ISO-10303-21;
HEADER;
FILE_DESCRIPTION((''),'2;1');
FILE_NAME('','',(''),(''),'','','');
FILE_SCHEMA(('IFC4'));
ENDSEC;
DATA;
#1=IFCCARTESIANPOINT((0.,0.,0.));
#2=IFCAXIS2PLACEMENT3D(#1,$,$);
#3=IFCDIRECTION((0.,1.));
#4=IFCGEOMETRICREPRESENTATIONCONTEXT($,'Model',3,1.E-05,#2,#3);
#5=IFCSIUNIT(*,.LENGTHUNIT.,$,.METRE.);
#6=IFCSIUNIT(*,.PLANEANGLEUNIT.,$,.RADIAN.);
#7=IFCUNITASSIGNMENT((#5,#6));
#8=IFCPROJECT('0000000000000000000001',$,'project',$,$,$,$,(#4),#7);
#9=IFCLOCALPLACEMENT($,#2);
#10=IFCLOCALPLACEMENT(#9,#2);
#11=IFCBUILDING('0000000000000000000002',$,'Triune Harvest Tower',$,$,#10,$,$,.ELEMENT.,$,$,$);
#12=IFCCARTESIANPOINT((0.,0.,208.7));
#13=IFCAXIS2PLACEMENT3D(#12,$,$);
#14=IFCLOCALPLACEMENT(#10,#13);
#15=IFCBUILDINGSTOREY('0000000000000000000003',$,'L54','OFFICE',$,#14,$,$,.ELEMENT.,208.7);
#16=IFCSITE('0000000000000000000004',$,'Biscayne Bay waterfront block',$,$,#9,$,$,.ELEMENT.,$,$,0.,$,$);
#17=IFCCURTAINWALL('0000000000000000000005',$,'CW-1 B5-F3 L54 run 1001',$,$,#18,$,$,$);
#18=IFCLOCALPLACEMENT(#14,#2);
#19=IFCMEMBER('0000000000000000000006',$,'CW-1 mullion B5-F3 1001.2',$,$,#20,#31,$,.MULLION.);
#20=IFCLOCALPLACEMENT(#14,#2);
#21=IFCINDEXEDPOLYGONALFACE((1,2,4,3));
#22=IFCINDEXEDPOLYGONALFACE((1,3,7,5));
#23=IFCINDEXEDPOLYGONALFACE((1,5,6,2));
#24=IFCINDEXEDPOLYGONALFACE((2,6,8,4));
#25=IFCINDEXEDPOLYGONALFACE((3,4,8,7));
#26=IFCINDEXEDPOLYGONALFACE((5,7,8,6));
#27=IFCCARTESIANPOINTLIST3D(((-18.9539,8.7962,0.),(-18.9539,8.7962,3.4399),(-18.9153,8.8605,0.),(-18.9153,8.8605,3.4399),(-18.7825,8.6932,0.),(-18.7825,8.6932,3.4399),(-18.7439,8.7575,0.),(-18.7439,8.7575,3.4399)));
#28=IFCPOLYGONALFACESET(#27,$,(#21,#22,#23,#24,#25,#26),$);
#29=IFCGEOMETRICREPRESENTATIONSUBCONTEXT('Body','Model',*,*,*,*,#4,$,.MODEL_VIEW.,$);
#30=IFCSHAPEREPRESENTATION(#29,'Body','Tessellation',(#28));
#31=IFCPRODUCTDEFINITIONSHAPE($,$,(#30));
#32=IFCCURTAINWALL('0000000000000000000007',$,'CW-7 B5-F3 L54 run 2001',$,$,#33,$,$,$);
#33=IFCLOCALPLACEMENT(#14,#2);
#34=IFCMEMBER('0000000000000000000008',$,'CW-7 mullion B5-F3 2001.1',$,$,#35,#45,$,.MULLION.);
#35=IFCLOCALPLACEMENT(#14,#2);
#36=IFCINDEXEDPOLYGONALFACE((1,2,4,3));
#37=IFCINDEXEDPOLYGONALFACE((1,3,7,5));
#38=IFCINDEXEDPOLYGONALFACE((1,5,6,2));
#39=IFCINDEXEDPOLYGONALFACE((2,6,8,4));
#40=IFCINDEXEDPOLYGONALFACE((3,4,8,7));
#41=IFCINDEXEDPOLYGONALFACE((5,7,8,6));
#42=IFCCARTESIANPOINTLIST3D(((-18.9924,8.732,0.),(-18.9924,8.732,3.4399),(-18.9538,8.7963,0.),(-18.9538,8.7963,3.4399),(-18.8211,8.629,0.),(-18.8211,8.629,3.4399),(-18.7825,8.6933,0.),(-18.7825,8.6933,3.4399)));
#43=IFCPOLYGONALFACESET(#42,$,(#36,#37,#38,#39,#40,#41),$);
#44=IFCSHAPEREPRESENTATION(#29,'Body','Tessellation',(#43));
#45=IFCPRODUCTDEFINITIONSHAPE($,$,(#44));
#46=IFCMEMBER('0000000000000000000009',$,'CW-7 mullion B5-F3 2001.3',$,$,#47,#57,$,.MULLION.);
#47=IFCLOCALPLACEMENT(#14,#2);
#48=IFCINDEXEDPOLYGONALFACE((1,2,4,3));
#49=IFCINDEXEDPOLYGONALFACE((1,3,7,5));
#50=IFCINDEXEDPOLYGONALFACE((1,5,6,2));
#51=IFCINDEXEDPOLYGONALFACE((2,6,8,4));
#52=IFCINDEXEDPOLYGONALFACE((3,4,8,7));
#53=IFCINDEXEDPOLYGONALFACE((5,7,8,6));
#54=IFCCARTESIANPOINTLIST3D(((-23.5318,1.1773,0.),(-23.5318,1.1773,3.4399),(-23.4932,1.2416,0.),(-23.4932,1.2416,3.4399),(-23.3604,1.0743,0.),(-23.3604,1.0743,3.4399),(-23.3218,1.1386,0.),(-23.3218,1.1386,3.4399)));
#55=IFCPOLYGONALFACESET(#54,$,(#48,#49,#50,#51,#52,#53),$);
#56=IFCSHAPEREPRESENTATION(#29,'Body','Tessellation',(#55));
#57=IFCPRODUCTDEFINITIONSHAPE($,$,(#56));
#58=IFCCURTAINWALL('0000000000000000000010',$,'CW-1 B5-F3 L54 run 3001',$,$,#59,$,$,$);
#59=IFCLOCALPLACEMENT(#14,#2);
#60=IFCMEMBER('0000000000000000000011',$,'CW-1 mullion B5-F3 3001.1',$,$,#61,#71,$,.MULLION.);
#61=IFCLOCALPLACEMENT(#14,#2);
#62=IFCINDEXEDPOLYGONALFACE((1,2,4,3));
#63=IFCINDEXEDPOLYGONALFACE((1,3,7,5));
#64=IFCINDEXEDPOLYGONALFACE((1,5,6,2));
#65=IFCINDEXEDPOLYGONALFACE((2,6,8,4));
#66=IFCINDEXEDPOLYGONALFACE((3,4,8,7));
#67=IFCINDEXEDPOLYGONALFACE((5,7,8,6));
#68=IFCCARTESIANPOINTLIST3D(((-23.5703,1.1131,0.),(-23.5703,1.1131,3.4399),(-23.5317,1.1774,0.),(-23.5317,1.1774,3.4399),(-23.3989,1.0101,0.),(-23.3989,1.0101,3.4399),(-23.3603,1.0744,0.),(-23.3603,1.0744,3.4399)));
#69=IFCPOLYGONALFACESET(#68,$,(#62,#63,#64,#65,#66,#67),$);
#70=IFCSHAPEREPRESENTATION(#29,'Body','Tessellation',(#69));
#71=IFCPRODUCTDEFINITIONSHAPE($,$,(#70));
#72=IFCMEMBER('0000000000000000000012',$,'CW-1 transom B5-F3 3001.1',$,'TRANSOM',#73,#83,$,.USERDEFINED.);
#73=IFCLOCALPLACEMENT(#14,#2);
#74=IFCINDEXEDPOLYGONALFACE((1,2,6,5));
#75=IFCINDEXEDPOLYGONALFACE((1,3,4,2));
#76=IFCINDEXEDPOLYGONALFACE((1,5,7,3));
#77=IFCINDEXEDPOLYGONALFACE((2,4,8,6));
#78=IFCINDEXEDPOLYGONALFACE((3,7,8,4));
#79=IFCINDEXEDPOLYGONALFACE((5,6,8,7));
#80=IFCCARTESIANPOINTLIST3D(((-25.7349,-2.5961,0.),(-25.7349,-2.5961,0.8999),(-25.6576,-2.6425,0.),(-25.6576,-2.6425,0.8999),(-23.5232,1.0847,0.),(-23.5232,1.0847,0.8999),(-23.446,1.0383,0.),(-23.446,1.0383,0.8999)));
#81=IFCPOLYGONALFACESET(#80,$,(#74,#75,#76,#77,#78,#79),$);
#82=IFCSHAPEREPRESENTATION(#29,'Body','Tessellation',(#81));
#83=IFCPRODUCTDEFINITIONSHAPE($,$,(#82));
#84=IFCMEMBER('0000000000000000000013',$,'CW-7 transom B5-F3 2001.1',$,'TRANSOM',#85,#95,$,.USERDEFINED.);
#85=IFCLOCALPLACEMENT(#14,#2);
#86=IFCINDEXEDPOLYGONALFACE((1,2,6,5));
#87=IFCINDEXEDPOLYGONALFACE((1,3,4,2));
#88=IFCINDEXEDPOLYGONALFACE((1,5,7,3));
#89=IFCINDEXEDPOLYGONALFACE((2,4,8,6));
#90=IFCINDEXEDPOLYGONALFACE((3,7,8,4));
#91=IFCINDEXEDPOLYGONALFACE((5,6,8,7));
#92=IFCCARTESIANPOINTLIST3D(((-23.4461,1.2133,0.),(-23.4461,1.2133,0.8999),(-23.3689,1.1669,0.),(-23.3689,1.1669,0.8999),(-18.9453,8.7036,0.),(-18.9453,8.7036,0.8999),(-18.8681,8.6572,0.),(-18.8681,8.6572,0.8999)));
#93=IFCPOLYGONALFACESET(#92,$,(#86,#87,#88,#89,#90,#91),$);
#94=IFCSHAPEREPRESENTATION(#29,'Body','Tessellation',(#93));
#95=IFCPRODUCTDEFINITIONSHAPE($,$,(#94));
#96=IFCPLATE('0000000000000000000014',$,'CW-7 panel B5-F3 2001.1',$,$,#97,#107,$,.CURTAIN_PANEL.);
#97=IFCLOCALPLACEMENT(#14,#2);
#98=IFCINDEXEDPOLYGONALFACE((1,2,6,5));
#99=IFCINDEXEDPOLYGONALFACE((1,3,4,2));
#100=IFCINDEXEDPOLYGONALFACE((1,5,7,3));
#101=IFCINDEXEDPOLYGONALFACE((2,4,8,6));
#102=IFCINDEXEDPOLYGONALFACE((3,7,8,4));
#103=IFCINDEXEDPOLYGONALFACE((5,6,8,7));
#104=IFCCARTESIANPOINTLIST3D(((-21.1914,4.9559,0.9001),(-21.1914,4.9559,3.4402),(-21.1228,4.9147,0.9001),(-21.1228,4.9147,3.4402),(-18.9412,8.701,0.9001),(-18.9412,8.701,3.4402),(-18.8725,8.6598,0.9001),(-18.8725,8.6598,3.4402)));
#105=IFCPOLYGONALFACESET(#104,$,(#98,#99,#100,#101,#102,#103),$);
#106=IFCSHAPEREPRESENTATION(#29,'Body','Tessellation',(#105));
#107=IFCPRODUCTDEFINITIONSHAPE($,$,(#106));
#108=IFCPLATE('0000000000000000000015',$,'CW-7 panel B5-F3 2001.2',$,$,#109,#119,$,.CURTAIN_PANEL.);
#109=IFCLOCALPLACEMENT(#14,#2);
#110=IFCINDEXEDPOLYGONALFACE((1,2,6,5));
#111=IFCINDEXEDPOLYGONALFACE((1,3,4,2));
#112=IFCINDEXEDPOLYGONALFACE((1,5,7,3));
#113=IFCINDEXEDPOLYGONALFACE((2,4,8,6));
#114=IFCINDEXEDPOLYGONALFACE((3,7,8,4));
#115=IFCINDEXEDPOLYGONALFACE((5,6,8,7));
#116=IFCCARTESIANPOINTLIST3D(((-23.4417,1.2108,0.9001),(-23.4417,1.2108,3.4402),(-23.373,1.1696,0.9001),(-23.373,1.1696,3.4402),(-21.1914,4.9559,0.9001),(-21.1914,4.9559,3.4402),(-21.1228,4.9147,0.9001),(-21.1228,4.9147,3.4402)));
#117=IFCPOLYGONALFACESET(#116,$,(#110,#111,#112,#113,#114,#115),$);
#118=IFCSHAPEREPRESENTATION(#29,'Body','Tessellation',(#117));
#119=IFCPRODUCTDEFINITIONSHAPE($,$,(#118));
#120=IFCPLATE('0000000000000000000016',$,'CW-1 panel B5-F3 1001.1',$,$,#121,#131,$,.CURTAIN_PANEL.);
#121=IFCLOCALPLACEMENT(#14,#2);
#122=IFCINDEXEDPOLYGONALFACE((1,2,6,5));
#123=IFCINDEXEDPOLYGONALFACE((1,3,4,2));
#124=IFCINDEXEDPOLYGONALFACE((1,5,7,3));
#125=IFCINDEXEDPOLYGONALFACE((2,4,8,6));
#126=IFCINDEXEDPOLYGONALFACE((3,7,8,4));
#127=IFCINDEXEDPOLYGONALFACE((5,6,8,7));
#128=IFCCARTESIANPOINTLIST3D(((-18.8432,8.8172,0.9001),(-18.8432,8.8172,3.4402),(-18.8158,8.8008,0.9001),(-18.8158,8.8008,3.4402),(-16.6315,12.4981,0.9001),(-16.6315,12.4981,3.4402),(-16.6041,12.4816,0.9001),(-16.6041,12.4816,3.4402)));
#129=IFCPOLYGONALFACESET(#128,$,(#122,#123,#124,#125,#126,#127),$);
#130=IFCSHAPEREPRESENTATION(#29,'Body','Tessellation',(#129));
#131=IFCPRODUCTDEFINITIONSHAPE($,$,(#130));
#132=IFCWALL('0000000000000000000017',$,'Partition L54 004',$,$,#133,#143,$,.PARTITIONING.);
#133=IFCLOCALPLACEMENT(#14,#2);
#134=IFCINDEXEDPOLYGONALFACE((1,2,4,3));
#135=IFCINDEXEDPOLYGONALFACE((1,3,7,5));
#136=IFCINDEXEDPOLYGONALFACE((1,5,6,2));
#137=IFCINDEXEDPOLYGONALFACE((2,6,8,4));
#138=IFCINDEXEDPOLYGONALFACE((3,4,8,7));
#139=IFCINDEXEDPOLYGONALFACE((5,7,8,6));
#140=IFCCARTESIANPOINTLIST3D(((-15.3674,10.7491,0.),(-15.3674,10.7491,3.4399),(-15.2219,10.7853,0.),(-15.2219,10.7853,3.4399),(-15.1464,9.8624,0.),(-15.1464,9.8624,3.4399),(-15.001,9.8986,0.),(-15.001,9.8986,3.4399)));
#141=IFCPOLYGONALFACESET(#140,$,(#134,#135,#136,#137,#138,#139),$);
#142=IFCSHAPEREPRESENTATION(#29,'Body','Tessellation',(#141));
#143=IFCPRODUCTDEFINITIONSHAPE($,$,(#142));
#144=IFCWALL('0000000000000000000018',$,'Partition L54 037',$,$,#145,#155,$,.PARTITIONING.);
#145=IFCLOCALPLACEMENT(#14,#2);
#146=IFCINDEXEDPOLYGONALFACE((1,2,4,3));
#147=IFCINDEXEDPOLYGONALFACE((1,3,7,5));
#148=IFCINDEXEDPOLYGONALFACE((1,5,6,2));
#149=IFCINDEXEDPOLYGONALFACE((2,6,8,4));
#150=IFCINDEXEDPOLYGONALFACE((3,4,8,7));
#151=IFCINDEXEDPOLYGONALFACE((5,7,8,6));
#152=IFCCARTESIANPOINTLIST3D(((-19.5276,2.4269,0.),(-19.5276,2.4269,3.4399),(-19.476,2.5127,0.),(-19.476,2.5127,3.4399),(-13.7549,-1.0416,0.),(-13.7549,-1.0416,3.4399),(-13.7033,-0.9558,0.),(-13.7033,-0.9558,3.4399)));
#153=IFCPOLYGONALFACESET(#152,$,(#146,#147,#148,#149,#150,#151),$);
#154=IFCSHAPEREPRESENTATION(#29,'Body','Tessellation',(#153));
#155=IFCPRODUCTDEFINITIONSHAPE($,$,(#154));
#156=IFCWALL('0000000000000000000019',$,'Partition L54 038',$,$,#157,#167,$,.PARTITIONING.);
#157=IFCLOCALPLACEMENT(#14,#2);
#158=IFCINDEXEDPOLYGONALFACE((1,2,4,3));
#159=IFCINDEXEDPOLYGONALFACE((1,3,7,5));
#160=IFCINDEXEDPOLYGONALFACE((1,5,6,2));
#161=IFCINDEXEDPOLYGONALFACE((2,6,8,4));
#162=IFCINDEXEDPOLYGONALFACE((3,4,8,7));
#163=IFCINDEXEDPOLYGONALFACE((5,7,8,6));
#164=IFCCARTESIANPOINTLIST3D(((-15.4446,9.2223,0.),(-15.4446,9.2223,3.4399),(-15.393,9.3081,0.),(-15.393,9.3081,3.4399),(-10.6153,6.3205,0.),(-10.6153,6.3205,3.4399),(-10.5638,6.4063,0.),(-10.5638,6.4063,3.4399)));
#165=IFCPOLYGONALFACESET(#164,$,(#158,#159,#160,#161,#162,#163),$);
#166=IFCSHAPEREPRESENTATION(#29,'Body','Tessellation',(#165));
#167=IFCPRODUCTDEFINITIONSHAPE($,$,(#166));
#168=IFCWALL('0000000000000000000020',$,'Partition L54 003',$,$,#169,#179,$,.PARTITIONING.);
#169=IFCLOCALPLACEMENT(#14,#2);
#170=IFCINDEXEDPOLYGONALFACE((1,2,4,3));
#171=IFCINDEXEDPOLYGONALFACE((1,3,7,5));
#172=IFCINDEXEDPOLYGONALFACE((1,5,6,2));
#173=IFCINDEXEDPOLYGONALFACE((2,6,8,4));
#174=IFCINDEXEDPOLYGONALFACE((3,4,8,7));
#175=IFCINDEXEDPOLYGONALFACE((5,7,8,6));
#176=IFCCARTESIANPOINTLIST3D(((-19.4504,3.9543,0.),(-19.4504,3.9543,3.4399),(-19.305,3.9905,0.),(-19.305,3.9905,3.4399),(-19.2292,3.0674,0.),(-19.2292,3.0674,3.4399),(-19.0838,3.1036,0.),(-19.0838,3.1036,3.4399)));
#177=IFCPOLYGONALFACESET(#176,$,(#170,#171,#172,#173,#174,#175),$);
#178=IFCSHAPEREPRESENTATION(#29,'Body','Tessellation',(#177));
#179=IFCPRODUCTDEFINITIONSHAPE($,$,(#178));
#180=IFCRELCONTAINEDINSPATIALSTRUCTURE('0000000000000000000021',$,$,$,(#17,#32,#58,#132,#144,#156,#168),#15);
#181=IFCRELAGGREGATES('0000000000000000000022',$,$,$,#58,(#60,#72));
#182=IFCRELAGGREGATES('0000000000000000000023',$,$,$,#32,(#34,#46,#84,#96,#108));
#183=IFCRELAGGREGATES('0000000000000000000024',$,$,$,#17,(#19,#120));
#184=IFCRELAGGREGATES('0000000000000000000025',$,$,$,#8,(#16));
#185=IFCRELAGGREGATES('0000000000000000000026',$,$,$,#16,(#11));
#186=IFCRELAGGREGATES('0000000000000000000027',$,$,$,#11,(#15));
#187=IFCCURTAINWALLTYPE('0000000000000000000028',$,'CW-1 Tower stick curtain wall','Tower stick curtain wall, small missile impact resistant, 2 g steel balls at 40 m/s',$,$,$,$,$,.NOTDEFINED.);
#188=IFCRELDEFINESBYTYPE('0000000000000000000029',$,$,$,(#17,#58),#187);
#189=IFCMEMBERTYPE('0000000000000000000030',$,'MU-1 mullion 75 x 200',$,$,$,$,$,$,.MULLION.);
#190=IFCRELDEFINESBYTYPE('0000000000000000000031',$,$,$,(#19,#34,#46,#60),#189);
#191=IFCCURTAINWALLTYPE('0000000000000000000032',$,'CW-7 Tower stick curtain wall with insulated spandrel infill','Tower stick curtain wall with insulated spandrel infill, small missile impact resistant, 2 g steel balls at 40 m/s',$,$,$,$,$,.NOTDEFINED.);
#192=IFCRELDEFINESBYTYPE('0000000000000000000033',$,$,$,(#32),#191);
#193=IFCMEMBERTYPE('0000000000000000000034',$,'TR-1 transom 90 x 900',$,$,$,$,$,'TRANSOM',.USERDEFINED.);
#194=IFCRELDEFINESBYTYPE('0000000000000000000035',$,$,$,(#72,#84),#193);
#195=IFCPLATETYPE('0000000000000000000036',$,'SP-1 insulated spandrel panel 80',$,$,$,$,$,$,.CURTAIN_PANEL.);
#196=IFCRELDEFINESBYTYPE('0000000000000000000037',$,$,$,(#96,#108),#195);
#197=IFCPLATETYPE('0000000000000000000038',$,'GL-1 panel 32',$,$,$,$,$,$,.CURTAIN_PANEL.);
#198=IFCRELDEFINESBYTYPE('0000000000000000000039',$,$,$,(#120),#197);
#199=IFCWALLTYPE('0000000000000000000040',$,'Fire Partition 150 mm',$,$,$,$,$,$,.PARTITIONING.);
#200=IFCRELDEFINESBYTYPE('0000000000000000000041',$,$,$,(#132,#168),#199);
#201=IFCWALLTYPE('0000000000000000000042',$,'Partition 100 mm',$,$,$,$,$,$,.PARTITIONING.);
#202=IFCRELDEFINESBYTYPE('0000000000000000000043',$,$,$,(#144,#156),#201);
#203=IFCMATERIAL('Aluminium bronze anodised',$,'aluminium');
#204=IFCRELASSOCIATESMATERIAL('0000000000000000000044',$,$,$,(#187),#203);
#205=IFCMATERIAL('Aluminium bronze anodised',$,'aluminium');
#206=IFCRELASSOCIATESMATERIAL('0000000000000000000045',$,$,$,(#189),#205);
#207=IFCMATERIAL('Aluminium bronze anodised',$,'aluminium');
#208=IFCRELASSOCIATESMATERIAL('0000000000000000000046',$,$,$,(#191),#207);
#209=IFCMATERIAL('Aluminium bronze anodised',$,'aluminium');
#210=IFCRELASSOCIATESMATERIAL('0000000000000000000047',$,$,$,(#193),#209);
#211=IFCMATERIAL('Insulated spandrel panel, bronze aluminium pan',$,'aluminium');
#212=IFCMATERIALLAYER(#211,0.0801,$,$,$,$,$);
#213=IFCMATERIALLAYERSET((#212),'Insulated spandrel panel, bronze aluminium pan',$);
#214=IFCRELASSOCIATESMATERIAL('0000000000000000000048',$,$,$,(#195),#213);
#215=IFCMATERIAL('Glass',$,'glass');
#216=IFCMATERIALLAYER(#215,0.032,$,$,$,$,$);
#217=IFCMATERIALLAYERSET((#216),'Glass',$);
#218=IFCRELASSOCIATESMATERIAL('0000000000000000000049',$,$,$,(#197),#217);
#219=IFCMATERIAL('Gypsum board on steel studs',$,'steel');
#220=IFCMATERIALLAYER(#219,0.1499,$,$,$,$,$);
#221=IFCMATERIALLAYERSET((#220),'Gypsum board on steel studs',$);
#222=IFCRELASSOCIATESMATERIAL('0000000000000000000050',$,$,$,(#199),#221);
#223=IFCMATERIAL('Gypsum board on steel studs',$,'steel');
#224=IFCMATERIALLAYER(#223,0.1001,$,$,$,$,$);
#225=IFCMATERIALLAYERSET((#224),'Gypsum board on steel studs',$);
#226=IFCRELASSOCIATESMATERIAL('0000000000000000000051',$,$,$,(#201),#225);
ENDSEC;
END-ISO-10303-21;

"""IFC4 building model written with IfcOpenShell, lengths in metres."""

from ifc_helpers import new_model, si_unit, direction, frame, frame_2d, origin, origin_2d, place, context, subcontext, project, spatial, rectangle, extrude, source, transform, mapped, material, layer, layer_set, material_profile, profile_set, type_object, element, aggregate, save


model = new_model("IFC4")

# Units and contexts
model_context = context("Model", 3, precision=1e-05, world=origin(), true_north=direction((0.0, 1.0)))
body_context = subcontext(model_context, "Body", "Model", "MODEL_VIEW")
ifc_project = project(units=[si_unit("LENGTHUNIT", "METRE"), si_unit("PLANEANGLEUNIT", "RADIAN")], contexts=[model_context])

# Site, building, storey
site_placement = place(None, origin())
site = spatial("IfcSite", under=ifc_project, at=site_placement, Name="Biscayne Bay waterfront block", CompositionType="ELEMENT", RefElevation=0.0)
building_placement = place(site_placement, origin())
building = spatial("IfcBuilding", under=site, at=building_placement, Name="Triune Harvest Tower", CompositionType="ELEMENT")
storey_placement = place(building_placement, frame((0.0, 0.0, 208.7)))
storey = spatial("IfcBuildingStorey", under=building, at=storey_placement, Name="L54", Description="OFFICE", CompositionType="ELEMENT", Elevation=208.7)

# Curtain wall, member
ifc_material_1 = material(Name="Aluminium bronze anodised", Category="aluminium")
curtain_wall_type_1 = type_object("IfcCurtainWallType", Name="CW-1 Tower stick curtain wall", Description="Tower stick curtain wall, small missile impact resistant, 2 g steel balls at 40 m/s", PredefinedType="NOTDEFINED", material=ifc_material_1)
curtain_wall_1_placement = place(storey_placement, origin())
curtain_wall_1 = element("IfcCurtainWall", 1, at=curtain_wall_1_placement, inside=storey, type_object=curtain_wall_type_1, Name="CW-1 B5-F3 L54 run 1001")
ifc_material_2 = material(Name="Aluminium bronze anodised", Category="aluminium")
ifc_material_profile_1 = material_profile(ifc_material_2, rectangle(XDim=0.2, YDim=0.075, at=origin_2d()), Name="MU-1 mullion 75 x 200")
ifc_profile_set_1 = profile_set([ifc_material_profile_1], Name="Aluminium bronze anodised")
member_type_1 = type_object("IfcMemberType", Name="MU-1 mullion 75 x 200", PredefinedType="MULLION", material=ifc_profile_set_1)
shared_shape_1 = source(origin(), body_context, "Body", "SweptSolid", [
    extrude(rectangle(XDim=0.2, YDim=0.075, at=origin_2d()), origin(), (0.0, 0.0, 1.0), 3.4399),
])
member_1_placement = place(storey_placement, frame((-18.8489, 8.7769, 0.0), z_axis=(0.0, 0.0, 1.0), x_axis=(0.857165, -0.515042, 0.0)))
member_1 = element("IfcMember", 2, at=member_1_placement, type_object=member_type_1, Name="CW-1 mullion B5-F3 1001.2", PredefinedType="MULLION", context=body_context, shape_type="MappedRepresentation", body=[
    mapped(shared_shape_1, transform((0.0, 0.0, 0.0), scale=1.0)),
])

# Curtain walls, members
ifc_material_3 = material(Name="Aluminium bronze anodised", Category="aluminium")
curtain_wall_type_2 = type_object("IfcCurtainWallType", Name="CW-7 Tower stick curtain wall with insulated spandrel infill", Description="Tower stick curtain wall with insulated spandrel infill, small missile impact resistant, 2 g steel balls at 40 m/s", PredefinedType="NOTDEFINED", material=ifc_material_3)
curtain_wall_2_placement = place(storey_placement, origin())
curtain_wall_2 = element("IfcCurtainWall", 3, at=curtain_wall_2_placement, inside=storey, type_object=curtain_wall_type_2, Name="CW-7 B5-F3 L54 run 2001")
member_2_placement = place(storey_placement, frame((-18.8875, 8.7126, 0.0), z_axis=(0.0, 0.0, 1.0), x_axis=(0.857167, -0.515038, 0.0)))
member_2 = element("IfcMember", 4, at=member_2_placement, type_object=member_type_1, Name="CW-7 mullion B5-F3 2001.1", PredefinedType="MULLION", context=body_context, shape_type="MappedRepresentation", body=[
    mapped(shared_shape_1, transform((0.0, 0.0, 0.0), scale=1.0)),
])
member_3_placement = place(storey_placement, frame((-23.4268, 1.158, 0.0), z_axis=(0.0, 0.0, 1.0), x_axis=(0.857167, -0.515038, 0.0)))
member_3 = element("IfcMember", 5, at=member_3_placement, type_object=member_type_1, Name="CW-7 mullion B5-F3 2001.3", PredefinedType="MULLION", context=body_context, shape_type="MappedRepresentation", body=[
    mapped(shared_shape_1, transform((0.0, 0.0, 0.0), scale=1.0)),
])
curtain_wall_3_placement = place(storey_placement, origin())
curtain_wall_3 = element("IfcCurtainWall", 6, at=curtain_wall_3_placement, inside=storey, type_object=curtain_wall_type_1, Name="CW-1 B5-F3 L54 run 3001")
member_4_placement = place(storey_placement, frame((-23.4653, 1.0938, 0.0), z_axis=(0.0, 0.0, 1.0), x_axis=(0.857175, -0.515025, 0.0)))
member_4 = element("IfcMember", 7, at=member_4_placement, type_object=member_type_1, Name="CW-1 mullion B5-F3 3001.1", PredefinedType="MULLION", context=body_context, shape_type="MappedRepresentation", body=[
    mapped(shared_shape_1, transform((0.0, 0.0, 0.0), scale=1.0)),
])
ifc_material_4 = material(Name="Aluminium bronze anodised", Category="aluminium")
ifc_material_profile_2 = material_profile(ifc_material_4, rectangle(XDim=0.0901, YDim=0.8999, at=origin_2d()), Name="TR-1 transom 90 x 900")
ifc_profile_set_2 = profile_set([ifc_material_profile_2], Name="Aluminium bronze anodised")
member_type_2 = type_object("IfcMemberType", Name="TR-1 transom 90 x 900", ElementType="TRANSOM", PredefinedType="USERDEFINED", material=ifc_profile_set_2)
shared_shape_2 = source(origin(), body_context, "Body", "SweptSolid", [
    extrude(rectangle(XDim=0.0901, YDim=0.8999, at=origin_2d()), origin(), (0.0, 0.0, 1.0), 4.2942),
])
member_5_placement = place(storey_placement, frame((-23.4846, 1.0615, 0.45), z_axis=(-0.515031, -0.857172, 0.0), x_axis=(0.857172, -0.515031, 0.0)))
member_5 = element("IfcMember", 8, at=member_5_placement, type_object=member_type_2, Name="CW-1 transom B5-F3 3001.1", ObjectType="TRANSOM", PredefinedType="USERDEFINED", context=body_context, shape_type="MappedRepresentation", body=[
    mapped(shared_shape_2, transform((0.0, 0.0, 0.0), scale=1.0)),
])
aggregate(curtain_wall_3, [member_4, member_5])

# Member
shared_shape_3 = source(origin(), body_context, "Body", "SweptSolid", [
    extrude(rectangle(XDim=0.0901, YDim=0.8999, at=origin_2d()), origin(), (0.0, 0.0, 1.0), 8.7385),
])
member_6_placement = place(storey_placement, frame((-18.9067, 8.6804, 0.45), z_axis=(-0.51505, -0.85716, 0.0), x_axis=(0.85716, -0.51505, 0.0)))
member_6 = element("IfcMember", 9, at=member_6_placement, type_object=member_type_2, Name="CW-7 transom B5-F3 2001.1", ObjectType="TRANSOM", PredefinedType="USERDEFINED", context=body_context, shape_type="MappedRepresentation", body=[
    mapped(shared_shape_3, transform((0.0, 0.0, 0.0), scale=1.0)),
])

# Plates
ifc_material_5 = material(Name="Insulated spandrel panel, bronze aluminium pan", Category="aluminium")
ifc_layer_1 = layer(ifc_material_5, 0.0801)
ifc_layer_set_1 = layer_set([ifc_layer_1], Name="Insulated spandrel panel, bronze aluminium pan")
plate_type_1 = type_object("IfcPlateType", Name="SP-1 insulated spandrel panel 80", PredefinedType="CURTAIN_PANEL", material=ifc_layer_set_1)
shared_shape_4 = source(origin(), body_context, "Body", "SweptSolid", [
    extrude(rectangle(XDim=4.3691, YDim=0.0801, at=origin_2d()), origin(), (0.0, 0.0, 1.0), 2.54),
])
plate_1_placement = place(storey_placement, frame((-20.032, 6.8079, 0.9001), z_axis=(0.0, 0.0, 1.0), x_axis=(-0.515038, -0.857167, 0.0)))
plate_1 = element("IfcPlate", 10, at=plate_1_placement, type_object=plate_type_1, Name="CW-7 panel B5-F3 2001.1", PredefinedType="CURTAIN_PANEL", context=body_context, shape_type="MappedRepresentation", body=[
    mapped(shared_shape_4, transform((0.0, 0.0, 0.0), scale=1.0)),
])
plate_2_placement = place(storey_placement, frame((-22.2822, 3.0627, 0.9001), z_axis=(0.0, 0.0, 1.0), x_axis=(-0.515038, -0.857167, 0.0)))
plate_2 = element("IfcPlate", 11, at=plate_2_placement, type_object=plate_type_1, Name="CW-7 panel B5-F3 2001.2", PredefinedType="CURTAIN_PANEL", context=body_context, shape_type="MappedRepresentation", body=[
    mapped(shared_shape_4, transform((0.0, 0.0, 0.0), scale=1.0)),
])
aggregate(curtain_wall_2, [member_2, member_3, member_6, plate_1, plate_2])
ifc_material_6 = material(Name="Glass", Category="glass")
ifc_layer_2 = layer(ifc_material_6, 0.032)
ifc_layer_set_2 = layer_set([ifc_layer_2], Name="Glass")
plate_type_2 = type_object("IfcPlateType", Name="GL-1 panel 32", PredefinedType="CURTAIN_PANEL", material=ifc_layer_set_2)
shared_shape_5 = source(origin(), body_context, "Body", "SweptSolid", [
    extrude(rectangle(XDim=4.2942, YDim=0.032, at=origin_2d()), origin(), (0.0, 0.0, 1.0), 2.54),
])
plate_3_placement = place(storey_placement, frame((-17.7236, 10.6494, 0.9001), z_axis=(0.0, 0.0, 1.0), x_axis=(-0.515042, -0.857165, 0.0)))
plate_3 = element("IfcPlate", 12, at=plate_3_placement, type_object=plate_type_2, Name="CW-1 panel B5-F3 1001.1", PredefinedType="CURTAIN_PANEL", context=body_context, shape_type="MappedRepresentation", body=[
    mapped(shared_shape_5, transform((0.0, 0.0, 0.0), scale=1.0)),
])
aggregate(curtain_wall_1, [member_1, plate_3])

# Walls
ifc_material_7 = material(Name="Gypsum board on steel studs", Category="steel")
ifc_layer_3 = layer(ifc_material_7, 0.1499)
ifc_layer_set_3 = layer_set([ifc_layer_3], Name="Gypsum board on steel studs")
wall_type_1 = type_object("IfcWallType", Name="Fire Partition 150 mm", PredefinedType="PARTITIONING", material=ifc_layer_set_3)
wall_1_placement = place(storey_placement, frame((-15.2947, 10.7673, 0.0), z_axis=(0.0, 0.0, 1.0), x_axis=(0.241781, -0.970331, 0.0)))
element("IfcWall", 13, at=wall_1_placement, inside=storey, type_object=wall_type_1, Name="Partition L54 004", PredefinedType="PARTITIONING", context=body_context, shape_type="SweptSolid", body=[
    extrude(rectangle(XDim=0.9138, YDim=0.1499, at=frame_2d((0.457, 0.0))), origin(), (0.0, 0.0, 1.0), 3.4399),
])
ifc_material_8 = material(Name="Gypsum board on steel studs", Category="steel")
ifc_layer_4 = layer(ifc_material_8, 0.1001)
ifc_layer_set_4 = layer_set([ifc_layer_4], Name="Gypsum board on steel studs")
wall_type_2 = type_object("IfcWallType", Name="Partition 100 mm", PredefinedType="PARTITIONING", material=ifc_layer_set_4)
wall_2_placement = place(storey_placement, frame((-19.5017, 2.4697, 0.0), z_axis=(0.0, 0.0, 1.0), x_axis=(0.857173, -0.515029, 0.0)))
element("IfcWall", 14, at=wall_2_placement, inside=storey, type_object=wall_type_2, Name="Partition L54 037", PredefinedType="PARTITIONING", context=body_context, shape_type="SweptSolid", body=[
    extrude(rectangle(XDim=6.7346, YDim=0.1001, at=frame_2d((3.3672, 0.0))), origin(), (0.0, 0.0, 1.0), 3.4399),
])
wall_3_placement = place(storey_placement, frame((-15.4187, 9.2651, 0.0), z_axis=(0.0, 0.0, 1.0), x_axis=(0.85716, -0.51505, 0.0)))
element("IfcWall", 15, at=wall_3_placement, inside=storey, type_object=wall_type_2, Name="Partition L54 038", PredefinedType="PARTITIONING", context=body_context, shape_type="SweptSolid", body=[
    extrude(rectangle(XDim=5.634, YDim=0.1001, at=frame_2d((2.8169, 0.0))), origin(), (0.0, 0.0, 1.0), 3.4399),
])
shared_shape_6 = source(origin(), body_context, "Body", "SweptSolid", [
    extrude(rectangle(XDim=0.9141, YDim=0.1499, at=frame_2d((0.457, 0.0))), origin(), (0.0, 0.0, 1.0), 3.4399),
])
wall_4_placement = place(storey_placement, frame((-19.3777, 3.9724, 0.0), z_axis=(0.0, 0.0, 1.0), x_axis=(0.24197, -0.970284, 0.0)))
element("IfcWall", 16, at=wall_4_placement, inside=storey, type_object=wall_type_1, Name="Partition L54 003", PredefinedType="PARTITIONING", context=body_context, shape_type="MappedRepresentation", body=[
    mapped(shared_shape_6, transform((0.0, 0.0, 0.0), scale=1.0)),
])

save(model, "model.ifc")
